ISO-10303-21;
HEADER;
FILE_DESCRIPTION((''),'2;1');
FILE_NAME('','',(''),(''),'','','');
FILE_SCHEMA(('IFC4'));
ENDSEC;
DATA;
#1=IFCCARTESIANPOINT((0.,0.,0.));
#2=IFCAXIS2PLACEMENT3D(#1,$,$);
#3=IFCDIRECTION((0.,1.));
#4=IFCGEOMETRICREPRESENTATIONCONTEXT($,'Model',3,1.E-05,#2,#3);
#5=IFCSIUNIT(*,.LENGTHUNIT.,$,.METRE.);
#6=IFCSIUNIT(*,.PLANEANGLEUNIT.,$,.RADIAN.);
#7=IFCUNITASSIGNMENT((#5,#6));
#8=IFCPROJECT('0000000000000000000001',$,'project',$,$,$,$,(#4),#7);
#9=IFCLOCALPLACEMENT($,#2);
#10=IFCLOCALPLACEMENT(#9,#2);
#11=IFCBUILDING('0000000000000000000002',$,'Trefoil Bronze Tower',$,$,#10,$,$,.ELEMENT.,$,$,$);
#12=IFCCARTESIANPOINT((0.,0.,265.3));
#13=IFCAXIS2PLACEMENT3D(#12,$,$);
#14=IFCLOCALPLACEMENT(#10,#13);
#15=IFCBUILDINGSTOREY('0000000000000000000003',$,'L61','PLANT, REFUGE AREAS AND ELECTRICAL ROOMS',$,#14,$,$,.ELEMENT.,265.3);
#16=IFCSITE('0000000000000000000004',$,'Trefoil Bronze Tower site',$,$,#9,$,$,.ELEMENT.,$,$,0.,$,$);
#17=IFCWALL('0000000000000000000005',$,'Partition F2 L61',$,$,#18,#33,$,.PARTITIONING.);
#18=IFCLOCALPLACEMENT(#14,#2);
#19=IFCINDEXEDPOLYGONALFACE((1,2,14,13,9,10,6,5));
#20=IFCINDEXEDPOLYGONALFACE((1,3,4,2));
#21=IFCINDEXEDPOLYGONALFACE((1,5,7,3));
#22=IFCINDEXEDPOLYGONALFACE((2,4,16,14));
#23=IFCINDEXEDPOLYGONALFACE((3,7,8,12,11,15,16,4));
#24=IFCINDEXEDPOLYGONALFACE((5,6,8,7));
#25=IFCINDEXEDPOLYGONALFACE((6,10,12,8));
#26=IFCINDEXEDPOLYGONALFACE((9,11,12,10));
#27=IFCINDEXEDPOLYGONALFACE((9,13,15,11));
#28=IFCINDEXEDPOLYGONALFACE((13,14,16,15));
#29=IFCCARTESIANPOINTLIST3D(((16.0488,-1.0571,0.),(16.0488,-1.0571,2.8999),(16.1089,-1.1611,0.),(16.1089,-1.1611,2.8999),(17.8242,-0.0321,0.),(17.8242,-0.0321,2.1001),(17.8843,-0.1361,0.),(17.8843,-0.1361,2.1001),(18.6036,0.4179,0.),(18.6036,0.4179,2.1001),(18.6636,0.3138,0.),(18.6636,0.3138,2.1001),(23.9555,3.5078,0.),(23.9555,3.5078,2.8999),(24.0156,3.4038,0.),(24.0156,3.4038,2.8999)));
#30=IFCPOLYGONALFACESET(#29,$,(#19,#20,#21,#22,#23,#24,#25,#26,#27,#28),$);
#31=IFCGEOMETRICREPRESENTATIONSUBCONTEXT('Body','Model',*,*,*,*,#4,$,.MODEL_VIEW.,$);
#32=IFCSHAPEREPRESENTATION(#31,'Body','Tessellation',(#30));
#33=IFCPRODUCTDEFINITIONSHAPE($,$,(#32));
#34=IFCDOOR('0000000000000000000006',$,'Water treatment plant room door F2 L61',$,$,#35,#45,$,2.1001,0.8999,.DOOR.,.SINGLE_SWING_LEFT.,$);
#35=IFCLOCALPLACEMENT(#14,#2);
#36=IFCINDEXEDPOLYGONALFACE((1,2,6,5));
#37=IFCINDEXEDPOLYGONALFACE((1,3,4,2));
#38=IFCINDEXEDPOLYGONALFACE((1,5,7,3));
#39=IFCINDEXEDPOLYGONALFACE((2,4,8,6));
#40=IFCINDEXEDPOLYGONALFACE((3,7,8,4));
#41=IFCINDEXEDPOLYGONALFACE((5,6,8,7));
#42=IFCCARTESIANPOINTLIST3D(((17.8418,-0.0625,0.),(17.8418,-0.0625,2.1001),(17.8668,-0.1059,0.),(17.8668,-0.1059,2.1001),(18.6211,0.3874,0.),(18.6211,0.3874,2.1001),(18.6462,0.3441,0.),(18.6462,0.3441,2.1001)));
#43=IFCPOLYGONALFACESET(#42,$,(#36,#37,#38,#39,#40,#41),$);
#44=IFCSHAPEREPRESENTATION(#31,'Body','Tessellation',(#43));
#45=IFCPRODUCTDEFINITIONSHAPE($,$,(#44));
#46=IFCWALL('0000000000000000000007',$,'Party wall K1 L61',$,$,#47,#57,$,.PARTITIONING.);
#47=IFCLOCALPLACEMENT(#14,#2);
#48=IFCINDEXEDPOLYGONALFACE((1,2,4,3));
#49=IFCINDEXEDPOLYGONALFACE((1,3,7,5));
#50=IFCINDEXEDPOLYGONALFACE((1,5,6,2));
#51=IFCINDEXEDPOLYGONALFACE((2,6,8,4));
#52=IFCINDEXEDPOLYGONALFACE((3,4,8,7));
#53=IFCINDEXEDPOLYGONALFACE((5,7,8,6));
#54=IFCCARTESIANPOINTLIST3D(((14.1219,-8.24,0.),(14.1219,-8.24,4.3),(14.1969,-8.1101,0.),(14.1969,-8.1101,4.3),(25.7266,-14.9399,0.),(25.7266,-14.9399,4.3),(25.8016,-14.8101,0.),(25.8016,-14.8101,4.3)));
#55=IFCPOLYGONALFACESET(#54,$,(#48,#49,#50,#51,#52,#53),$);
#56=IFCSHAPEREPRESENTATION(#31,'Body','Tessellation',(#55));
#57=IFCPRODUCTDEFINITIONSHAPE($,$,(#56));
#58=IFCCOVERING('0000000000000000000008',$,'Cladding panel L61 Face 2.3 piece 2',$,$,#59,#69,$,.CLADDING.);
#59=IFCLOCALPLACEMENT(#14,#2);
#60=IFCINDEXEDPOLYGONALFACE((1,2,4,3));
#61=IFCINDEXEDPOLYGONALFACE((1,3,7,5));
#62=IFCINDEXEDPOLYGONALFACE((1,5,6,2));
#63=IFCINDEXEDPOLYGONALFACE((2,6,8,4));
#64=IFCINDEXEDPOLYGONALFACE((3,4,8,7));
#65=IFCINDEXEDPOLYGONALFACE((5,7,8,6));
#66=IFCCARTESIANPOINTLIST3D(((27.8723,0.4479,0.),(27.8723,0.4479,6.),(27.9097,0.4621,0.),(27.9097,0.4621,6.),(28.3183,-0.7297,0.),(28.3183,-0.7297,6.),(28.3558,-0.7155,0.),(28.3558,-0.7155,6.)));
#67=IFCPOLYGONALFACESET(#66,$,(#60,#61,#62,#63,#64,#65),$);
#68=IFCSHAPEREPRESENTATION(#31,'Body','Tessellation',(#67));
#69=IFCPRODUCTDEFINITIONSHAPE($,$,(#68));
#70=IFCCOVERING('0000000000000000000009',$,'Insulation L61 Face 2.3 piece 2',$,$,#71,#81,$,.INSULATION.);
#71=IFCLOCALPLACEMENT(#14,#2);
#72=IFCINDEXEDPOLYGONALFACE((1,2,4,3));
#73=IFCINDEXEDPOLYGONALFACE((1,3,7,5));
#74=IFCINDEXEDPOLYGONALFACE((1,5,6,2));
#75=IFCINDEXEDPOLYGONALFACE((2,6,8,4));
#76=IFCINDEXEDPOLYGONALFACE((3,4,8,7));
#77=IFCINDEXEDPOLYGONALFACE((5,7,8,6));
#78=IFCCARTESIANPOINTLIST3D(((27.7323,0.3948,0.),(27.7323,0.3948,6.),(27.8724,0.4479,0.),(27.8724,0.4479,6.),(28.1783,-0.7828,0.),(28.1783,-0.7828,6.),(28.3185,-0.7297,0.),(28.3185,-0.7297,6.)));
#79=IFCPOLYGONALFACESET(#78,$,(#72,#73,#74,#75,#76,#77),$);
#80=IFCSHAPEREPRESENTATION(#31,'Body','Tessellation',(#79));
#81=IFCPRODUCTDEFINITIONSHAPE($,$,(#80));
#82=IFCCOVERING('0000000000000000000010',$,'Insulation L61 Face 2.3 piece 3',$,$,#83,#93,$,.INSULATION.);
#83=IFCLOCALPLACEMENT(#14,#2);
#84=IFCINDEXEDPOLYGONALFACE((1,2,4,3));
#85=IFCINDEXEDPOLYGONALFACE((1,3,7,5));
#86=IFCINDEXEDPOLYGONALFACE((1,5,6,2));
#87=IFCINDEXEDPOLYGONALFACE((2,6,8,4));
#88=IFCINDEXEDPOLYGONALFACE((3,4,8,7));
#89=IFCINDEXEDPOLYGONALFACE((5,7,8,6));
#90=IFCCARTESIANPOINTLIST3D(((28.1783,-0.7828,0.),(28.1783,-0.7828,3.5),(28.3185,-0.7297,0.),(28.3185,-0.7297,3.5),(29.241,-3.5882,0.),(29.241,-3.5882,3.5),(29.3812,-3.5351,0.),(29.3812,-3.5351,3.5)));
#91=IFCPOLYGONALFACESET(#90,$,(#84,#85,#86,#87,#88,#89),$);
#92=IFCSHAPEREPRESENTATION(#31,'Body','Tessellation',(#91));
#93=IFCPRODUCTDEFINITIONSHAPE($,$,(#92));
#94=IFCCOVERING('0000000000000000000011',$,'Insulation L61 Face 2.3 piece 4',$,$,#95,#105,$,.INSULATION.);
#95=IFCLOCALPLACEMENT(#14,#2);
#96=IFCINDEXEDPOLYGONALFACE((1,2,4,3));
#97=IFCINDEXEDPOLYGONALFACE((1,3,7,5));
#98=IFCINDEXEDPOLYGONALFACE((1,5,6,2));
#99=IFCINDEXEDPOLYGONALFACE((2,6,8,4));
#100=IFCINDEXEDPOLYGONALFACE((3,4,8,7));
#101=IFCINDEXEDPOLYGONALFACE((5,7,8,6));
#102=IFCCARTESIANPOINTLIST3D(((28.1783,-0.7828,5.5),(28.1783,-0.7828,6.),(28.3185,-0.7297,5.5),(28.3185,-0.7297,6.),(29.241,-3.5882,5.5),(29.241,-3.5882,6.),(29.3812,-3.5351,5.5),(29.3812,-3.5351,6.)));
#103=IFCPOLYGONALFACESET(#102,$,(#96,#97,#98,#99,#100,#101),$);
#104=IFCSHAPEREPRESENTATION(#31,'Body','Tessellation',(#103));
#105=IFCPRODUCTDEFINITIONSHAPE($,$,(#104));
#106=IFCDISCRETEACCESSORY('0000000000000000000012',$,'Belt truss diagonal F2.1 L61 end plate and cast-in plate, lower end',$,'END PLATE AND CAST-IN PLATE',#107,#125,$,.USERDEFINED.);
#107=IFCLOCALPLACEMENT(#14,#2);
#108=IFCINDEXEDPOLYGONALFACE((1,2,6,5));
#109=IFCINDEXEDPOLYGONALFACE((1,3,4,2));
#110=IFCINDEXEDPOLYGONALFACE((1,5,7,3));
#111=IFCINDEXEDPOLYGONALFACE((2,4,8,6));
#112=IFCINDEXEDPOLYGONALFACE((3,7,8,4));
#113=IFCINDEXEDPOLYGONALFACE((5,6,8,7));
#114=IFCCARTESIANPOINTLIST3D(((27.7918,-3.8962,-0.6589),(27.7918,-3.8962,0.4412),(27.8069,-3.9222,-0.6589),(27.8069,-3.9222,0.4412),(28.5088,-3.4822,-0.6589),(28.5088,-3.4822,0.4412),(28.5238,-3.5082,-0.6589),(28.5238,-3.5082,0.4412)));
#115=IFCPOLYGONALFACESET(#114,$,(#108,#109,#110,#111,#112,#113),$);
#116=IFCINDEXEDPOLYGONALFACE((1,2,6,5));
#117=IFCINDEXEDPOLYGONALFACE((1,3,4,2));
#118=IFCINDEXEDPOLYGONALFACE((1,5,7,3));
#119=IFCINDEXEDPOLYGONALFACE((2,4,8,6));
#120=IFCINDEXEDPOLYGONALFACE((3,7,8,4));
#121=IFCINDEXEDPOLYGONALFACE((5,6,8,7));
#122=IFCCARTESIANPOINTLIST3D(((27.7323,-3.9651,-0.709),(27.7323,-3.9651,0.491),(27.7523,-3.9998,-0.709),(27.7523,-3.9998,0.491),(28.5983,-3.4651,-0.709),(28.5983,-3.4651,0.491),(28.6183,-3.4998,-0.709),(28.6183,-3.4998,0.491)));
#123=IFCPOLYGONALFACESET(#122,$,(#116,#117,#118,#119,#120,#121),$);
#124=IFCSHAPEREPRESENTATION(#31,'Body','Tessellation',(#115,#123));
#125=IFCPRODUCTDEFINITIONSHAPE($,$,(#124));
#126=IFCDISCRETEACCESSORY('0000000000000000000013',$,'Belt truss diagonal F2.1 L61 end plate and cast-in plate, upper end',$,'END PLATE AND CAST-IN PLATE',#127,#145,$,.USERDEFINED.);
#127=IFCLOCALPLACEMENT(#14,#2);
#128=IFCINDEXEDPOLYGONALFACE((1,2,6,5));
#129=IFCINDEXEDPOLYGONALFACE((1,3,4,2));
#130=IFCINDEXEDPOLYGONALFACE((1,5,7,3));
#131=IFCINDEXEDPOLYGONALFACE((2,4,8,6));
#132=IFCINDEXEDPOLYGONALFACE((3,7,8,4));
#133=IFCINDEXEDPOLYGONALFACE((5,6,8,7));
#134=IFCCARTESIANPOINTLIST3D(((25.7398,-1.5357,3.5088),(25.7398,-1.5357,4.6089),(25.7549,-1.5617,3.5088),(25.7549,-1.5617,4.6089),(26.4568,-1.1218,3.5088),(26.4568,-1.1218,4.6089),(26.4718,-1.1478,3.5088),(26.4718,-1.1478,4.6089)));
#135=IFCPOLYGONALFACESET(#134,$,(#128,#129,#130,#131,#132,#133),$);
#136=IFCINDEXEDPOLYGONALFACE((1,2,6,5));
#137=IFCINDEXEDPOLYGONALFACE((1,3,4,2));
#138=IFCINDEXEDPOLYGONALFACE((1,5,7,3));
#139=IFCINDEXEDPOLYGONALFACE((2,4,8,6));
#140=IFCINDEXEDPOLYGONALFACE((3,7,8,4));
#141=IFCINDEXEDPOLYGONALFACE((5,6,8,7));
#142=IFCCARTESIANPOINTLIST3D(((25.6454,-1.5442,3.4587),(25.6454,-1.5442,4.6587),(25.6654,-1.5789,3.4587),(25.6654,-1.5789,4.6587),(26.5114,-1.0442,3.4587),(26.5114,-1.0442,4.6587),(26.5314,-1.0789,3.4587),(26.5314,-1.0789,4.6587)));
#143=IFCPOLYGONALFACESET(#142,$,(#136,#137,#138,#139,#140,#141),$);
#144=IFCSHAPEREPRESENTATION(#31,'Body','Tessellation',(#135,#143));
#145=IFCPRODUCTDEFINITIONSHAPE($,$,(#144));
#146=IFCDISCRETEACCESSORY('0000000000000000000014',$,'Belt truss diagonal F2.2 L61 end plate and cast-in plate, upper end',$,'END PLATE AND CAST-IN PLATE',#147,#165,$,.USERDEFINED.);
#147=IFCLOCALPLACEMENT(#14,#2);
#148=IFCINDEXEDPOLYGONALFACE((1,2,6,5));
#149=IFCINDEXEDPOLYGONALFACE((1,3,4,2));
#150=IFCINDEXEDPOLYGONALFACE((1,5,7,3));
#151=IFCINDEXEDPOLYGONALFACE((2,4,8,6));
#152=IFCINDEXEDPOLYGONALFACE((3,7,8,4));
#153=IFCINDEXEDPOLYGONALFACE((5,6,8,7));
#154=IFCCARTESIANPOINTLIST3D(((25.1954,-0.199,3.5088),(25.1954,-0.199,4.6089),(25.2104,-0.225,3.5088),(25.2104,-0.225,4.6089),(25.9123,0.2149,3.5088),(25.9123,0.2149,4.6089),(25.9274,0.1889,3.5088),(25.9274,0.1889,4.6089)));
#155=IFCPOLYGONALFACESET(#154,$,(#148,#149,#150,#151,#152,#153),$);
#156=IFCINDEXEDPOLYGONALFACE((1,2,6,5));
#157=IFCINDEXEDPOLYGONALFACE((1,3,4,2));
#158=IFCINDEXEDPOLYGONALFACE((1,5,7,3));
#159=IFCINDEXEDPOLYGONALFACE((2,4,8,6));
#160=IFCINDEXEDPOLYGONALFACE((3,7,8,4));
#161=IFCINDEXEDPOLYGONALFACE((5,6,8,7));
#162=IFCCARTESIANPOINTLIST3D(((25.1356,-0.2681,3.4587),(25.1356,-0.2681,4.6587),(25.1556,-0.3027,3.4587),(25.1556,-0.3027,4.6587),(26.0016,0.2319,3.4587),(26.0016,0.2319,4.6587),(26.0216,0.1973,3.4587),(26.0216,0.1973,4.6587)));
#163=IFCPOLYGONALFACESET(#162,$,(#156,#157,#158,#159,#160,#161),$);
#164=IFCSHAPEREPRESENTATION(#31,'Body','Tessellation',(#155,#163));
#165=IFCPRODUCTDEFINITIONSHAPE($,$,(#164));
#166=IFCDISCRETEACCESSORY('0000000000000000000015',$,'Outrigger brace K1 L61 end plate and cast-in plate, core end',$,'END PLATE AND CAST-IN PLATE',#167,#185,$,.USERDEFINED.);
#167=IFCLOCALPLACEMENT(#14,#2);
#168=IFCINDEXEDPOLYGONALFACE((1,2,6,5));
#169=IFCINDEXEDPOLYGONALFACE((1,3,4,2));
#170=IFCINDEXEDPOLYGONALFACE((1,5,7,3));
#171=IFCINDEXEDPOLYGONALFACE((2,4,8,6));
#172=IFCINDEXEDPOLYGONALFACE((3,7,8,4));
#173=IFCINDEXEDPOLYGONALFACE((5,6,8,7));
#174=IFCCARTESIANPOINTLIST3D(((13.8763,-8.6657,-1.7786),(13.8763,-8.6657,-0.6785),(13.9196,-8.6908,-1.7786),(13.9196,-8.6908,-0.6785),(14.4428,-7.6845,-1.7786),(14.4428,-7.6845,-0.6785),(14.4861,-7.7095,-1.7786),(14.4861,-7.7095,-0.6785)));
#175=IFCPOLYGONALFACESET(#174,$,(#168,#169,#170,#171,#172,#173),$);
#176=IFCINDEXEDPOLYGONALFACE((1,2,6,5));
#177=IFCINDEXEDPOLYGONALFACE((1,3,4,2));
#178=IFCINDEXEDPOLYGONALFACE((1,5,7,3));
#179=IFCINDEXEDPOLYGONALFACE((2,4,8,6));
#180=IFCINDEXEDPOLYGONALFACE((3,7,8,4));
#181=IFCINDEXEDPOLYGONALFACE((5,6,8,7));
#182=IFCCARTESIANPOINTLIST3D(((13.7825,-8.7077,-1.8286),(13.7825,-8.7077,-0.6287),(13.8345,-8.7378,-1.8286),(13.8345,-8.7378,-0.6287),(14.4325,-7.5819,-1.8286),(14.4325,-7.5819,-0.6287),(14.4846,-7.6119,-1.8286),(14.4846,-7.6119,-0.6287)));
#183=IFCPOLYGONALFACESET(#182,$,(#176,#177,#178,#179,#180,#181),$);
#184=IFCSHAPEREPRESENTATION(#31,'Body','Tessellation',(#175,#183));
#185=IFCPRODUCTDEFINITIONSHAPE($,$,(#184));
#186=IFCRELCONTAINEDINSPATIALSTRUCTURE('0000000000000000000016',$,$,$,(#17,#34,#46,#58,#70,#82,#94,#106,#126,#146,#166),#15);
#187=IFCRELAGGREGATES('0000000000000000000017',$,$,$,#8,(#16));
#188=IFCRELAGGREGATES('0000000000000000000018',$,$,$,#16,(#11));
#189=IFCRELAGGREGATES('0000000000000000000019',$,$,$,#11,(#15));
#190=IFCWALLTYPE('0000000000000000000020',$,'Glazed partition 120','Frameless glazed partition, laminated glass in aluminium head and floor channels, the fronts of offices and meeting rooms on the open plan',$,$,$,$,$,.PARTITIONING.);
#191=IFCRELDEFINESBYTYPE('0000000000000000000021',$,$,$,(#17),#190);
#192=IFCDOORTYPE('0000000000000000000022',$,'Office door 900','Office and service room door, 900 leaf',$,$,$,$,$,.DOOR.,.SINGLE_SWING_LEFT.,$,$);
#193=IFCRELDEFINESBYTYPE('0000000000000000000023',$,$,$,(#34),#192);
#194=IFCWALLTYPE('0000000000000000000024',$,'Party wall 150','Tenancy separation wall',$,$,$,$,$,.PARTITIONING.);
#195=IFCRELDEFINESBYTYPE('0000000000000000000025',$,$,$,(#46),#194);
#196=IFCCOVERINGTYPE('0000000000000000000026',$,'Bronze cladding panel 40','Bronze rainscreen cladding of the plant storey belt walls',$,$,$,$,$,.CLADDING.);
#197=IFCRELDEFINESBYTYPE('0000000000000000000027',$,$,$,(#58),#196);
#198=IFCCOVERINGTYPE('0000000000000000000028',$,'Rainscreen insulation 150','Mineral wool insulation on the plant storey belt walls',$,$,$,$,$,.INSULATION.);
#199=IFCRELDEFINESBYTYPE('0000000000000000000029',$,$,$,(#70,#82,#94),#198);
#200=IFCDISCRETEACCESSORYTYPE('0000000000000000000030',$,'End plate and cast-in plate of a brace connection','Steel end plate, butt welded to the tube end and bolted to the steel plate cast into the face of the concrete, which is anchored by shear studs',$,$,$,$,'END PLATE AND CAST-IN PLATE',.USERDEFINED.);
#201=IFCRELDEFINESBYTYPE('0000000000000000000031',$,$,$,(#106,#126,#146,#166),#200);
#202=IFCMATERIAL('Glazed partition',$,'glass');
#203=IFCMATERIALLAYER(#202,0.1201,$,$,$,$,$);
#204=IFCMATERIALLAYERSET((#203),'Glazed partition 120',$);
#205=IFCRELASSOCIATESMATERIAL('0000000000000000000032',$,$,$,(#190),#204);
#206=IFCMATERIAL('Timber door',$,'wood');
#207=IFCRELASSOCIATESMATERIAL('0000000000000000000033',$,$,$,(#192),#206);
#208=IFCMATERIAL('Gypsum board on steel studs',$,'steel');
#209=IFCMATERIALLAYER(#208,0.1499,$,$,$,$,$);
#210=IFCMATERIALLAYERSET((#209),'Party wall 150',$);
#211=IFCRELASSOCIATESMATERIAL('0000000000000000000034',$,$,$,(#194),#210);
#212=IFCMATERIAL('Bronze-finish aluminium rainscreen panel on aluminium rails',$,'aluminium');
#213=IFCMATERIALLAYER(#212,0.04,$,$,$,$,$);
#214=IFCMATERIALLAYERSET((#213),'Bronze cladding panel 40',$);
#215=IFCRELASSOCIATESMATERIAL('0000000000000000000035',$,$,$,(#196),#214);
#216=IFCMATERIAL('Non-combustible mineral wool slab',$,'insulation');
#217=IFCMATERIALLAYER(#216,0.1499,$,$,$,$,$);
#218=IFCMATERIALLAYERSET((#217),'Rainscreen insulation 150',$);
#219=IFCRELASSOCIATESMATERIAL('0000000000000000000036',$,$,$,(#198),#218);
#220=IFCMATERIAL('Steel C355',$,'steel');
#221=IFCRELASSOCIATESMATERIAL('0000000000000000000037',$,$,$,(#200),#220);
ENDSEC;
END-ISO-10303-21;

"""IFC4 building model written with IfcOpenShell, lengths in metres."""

from ifc_helpers import new_model, si_unit, direction, frame, frame_2d, origin, origin_2d, place, context, subcontext, project, spatial, rectangle, extrude, material, layer, layer_set, type_object, element, fill, save


model = new_model("IFC4")

# Units and contexts
model_context = context("Model", 3, precision=1e-05, world=origin(), true_north=direction((0.0, 1.0)))
body_context = subcontext(model_context, "Body", "Model", "MODEL_VIEW")
ifc_project = project(units=[si_unit("LENGTHUNIT", "METRE"), si_unit("PLANEANGLEUNIT", "RADIAN")], contexts=[model_context])

# Site, building, storey
site_placement = place(None, origin())
site = spatial("IfcSite", under=ifc_project, at=site_placement, Name="Trefoil Bronze Tower site", CompositionType="ELEMENT", RefElevation=0.0)
building_placement = place(site_placement, origin())
building = spatial("IfcBuilding", under=site, at=building_placement, Name="Trefoil Bronze Tower", CompositionType="ELEMENT")
storey_placement = place(building_placement, frame((0.0, 0.0, 265.3)))
storey = spatial("IfcBuildingStorey", under=building, at=storey_placement, Name="L61", Description="PLANT, REFUGE AREAS AND ELECTRICAL ROOMS", CompositionType="ELEMENT", Elevation=265.3)

# Wall, opening, door
ifc_material_1 = material(Name="Glazed partition", Category="glass")
ifc_layer_1 = layer(ifc_material_1, 0.1201)
ifc_layer_set_1 = layer_set([ifc_layer_1], Name="Glazed partition 120")
wall_type_1 = type_object("IfcWallType", Name="Glazed partition 120", Description="Frameless glazed partition, laminated glass in aluminium head and floor channels, the fronts of offices and meeting rooms on the open plan", PredefinedType="PARTITIONING", material=ifc_layer_set_1)
wall_1_placement = place(storey_placement, frame((16.0789, -1.1091, 0.0), z_axis=(0.0, 0.0, 1.0), x_axis=(0.866026, 0.499999, 0.0)))
wall_1 = element("IfcWall", 1, at=wall_1_placement, inside=storey, type_object=wall_type_1, Name="Partition F2 L61", PredefinedType="PARTITIONING", context=body_context, shape_type="SweptSolid", body=[
    extrude(rectangle(XDim=9.1299, YDim=0.1201, at=frame_2d((4.5649, 0.0))), origin(), (0.0, 0.0, 1.0), 2.8999),
])
opening_1_placement = place(wall_1_placement, frame((2.05, 0.0, 0.0)))
opening_1 = element("IfcOpeningElement", 2, at=opening_1_placement, cuts=wall_1, PredefinedType="OPENING", context=body_context, shape_type="SweptSolid", body=[
    extrude(rectangle(XDim=0.8999, YDim=2.1001, at=frame_2d((0.45, 1.05))), frame((0.0, 0.0701, 0.0), z_axis=(0.0, -1.0, 0.0), x_axis=(1.0, 0.0, 0.0)), (0.0, 0.0, 1.0), 0.1401),
])
ifc_material_2 = material(Name="Timber door", Category="wood")
door_type_1 = type_object("IfcDoorType", Name="Office door 900", Description="Office and service room door, 900 leaf", OperationType="SINGLE_SWING_LEFT", PredefinedType="DOOR", material=ifc_material_2)
door_1_placement = place(opening_1_placement, origin())
door_1 = element("IfcDoor", 3, at=door_1_placement, inside=storey, type_object=door_type_1, Name="Water treatment plant room door F2 L61", OperationType="SINGLE_SWING_LEFT", OverallHeight=2.1001, OverallWidth=0.8999, PredefinedType="DOOR", context=body_context, shape_type="SweptSolid", body=[
    extrude(rectangle(XDim=0.8999, YDim=2.1001, at=frame_2d((0.45, 1.05))), frame((0.0, 0.0249, 0.0), z_axis=(0.0, -1.0, 0.0), x_axis=(1.0, 0.0, 0.0)), (0.0, 0.0, 1.0), 0.05),
])
fill(opening_1, door_1)

# Wall
ifc_material_3 = material(Name="Gypsum board on steel studs", Category="steel")
ifc_layer_2 = layer(ifc_material_3, 0.1499)
ifc_layer_set_2 = layer_set([ifc_layer_2], Name="Party wall 150")
wall_type_2 = type_object("IfcWallType", Name="Party wall 150", Description="Tenancy separation wall", PredefinedType="PARTITIONING", material=ifc_layer_set_2)
wall_2_placement = place(storey_placement, frame((14.1594, -8.175, 0.0), z_axis=(0.0, 0.0, 1.0), x_axis=(0.866027, -0.499997, 0.0)))
element("IfcWall", 4, at=wall_2_placement, inside=storey, type_object=wall_type_2, Name="Party wall K1 L61", PredefinedType="PARTITIONING", context=body_context, shape_type="SweptSolid", body=[
    extrude(rectangle(XDim=13.3999, YDim=0.1499, at=frame_2d((6.7, 0.0))), origin(), (0.0, 0.0, 1.0), 4.3),
])

# Coverings
ifc_material_4 = material(Name="Bronze-finish aluminium rainscreen panel on aluminium rails", Category="aluminium")
ifc_layer_3 = layer(ifc_material_4, 0.04)
ifc_layer_set_3 = layer_set([ifc_layer_3], Name="Bronze cladding panel 40")
covering_type_1 = type_object("IfcCoveringType", Name="Bronze cladding panel 40", Description="Bronze rainscreen cladding of the plant storey belt walls", PredefinedType="CLADDING", material=ifc_layer_set_3)
covering_1_placement = place(storey_placement, frame((28.114, -0.1338, 0.0), z_axis=(0.0, 0.0, 1.0), x_axis=(-0.354234, 0.935157, 0.0)))
element("IfcCovering", 5, at=covering_1_placement, inside=storey, type_object=covering_type_1, Name="Cladding panel L61 Face 2.3 piece 2", PredefinedType="CLADDING", context=body_context, shape_type="SweptSolid", body=[
    extrude(rectangle(XDim=1.2593, YDim=0.04, at=origin_2d()), origin(), (0.0, 0.0, 1.0), 6.0),
])
ifc_material_5 = material(Name="Non-combustible mineral wool slab", Category="insulation")
ifc_layer_4 = layer(ifc_material_5, 0.1499)
ifc_layer_set_4 = layer_set([ifc_layer_4], Name="Rainscreen insulation 150")
covering_type_2 = type_object("IfcCoveringType", Name="Rainscreen insulation 150", Description="Mineral wool insulation on the plant storey belt walls", PredefinedType="INSULATION", material=ifc_layer_set_4)
covering_2_placement = place(storey_placement, frame((28.0254, -0.1675, 0.0), z_axis=(0.0, 0.0, 1.0), x_axis=(-0.354234, 0.935157, 0.0)))
element("IfcCovering", 6, at=covering_2_placement, inside=storey, type_object=covering_type_2, Name="Insulation L61 Face 2.3 piece 2", PredefinedType="INSULATION", context=body_context, shape_type="SweptSolid", body=[
    extrude(rectangle(XDim=1.2593, YDim=0.1499, at=origin_2d()), origin(), (0.0, 0.0, 1.0), 6.0),
])
covering_3_placement = place(storey_placement, frame((28.7798, -2.1589, 0.0), z_axis=(0.0, 0.0, 1.0), x_axis=(-0.354234, 0.935157, 0.0)))
element("IfcCovering", 7, at=covering_3_placement, inside=storey, type_object=covering_type_2, Name="Insulation L61 Face 2.3 piece 3", PredefinedType="INSULATION", context=body_context, shape_type="SweptSolid", body=[
    extrude(rectangle(XDim=3.0, YDim=0.1499, at=origin_2d()), origin(), (0.0, 0.0, 1.0), 3.5),
])
covering_4_placement = place(storey_placement, frame((28.7798, -2.1589, 5.5), z_axis=(0.0, 0.0, 1.0), x_axis=(-0.354234, 0.935157, 0.0)))
element("IfcCovering", 8, at=covering_4_placement, inside=storey, type_object=covering_type_2, Name="Insulation L61 Face 2.3 piece 4", PredefinedType="INSULATION", context=body_context, shape_type="SweptSolid", body=[
    extrude(rectangle(XDim=3.0, YDim=0.1499, at=origin_2d()), origin(), (0.0, 0.0, 1.0), 0.5),
])

# Discrete accessories
ifc_material_6 = material(Name="Steel C355", Category="steel")
discrete_accessory_type = type_object("IfcDiscreteAccessoryType", Name="End plate and cast-in plate of a brace connection", Description="Steel end plate, butt welded to the tube end and bolted to the steel plate cast into the face of the concrete, which is anchored by shear studs", ElementType="END PLATE AND CAST-IN PLATE", PredefinedType="USERDEFINED", material=ifc_material_6)
for number, where, z_axis, x_axis, name in (
    (9, (28.1653, -3.7151, -0.1089), (0.0, 0.0, 1.0), (-0.5, 0.866025, 0.0), "Belt truss diagonal F2.1 L61 end plate and cast-in plate, lower end"),
    (10, (26.0984, -1.3289, 4.0588), (0.0, 0.0, 1.0), (0.5, -0.866025, 0.0), "Belt truss diagonal F2.1 L61 end plate and cast-in plate, upper end"),
):
    element("IfcDiscreteAccessory", number, at=place(storey_placement, frame(where, z_axis=z_axis, x_axis=x_axis)), inside=storey, type_object=discrete_accessory_type, Name=name, ObjectType="END PLATE AND CAST-IN PLATE", PredefinedType="USERDEFINED", context=body_context, shape_type="SweptSolid", body=[
        extrude(rectangle(XDim=0.03, YDim=0.8279, at=origin_2d()), frame((0.0149, 0.0, -0.55)), (0.0, 0.0, 1.0), 1.1001),
        extrude(rectangle(XDim=0.04, YDim=1.0, at=origin_2d()), frame((-0.02, 0.0, -0.6001)), (0.0, 0.0, 1.0), 1.2),
    ])
discrete_accessory_1_placement = place(storey_placement, frame((25.5686, -0.0181, 4.0588), z_axis=(0.0, 0.0, 1.0), x_axis=(-0.5, 0.866025, 0.0)))
element("IfcDiscreteAccessory", 11, at=discrete_accessory_1_placement, inside=storey, type_object=discrete_accessory_type, Name="Belt truss diagonal F2.2 L61 end plate and cast-in plate, upper end", ObjectType="END PLATE AND CAST-IN PLATE", PredefinedType="USERDEFINED", context=body_context, shape_type="SweptSolid", body=[
    extrude(rectangle(XDim=0.03, YDim=0.8279, at=origin_2d()), frame((0.0149, -0.0002, -0.55)), (0.0, 0.0, 1.0), 1.1001),
    extrude(rectangle(XDim=0.04, YDim=1.0, at=origin_2d()), frame((-0.02, 0.0, -0.6001)), (0.0, 0.0, 1.0), 1.2),
])
discrete_accessory_2_placement = place(storey_placement, frame((14.1594, -8.175, -1.2285), z_axis=(0.0, 0.0, 1.0), x_axis=(0.866025, -0.5, 0.0)))
element("IfcDiscreteAccessory", 12, at=discrete_accessory_2_placement, inside=storey, type_object=discrete_accessory_type, Name="Outrigger brace K1 L61 end plate and cast-in plate, core end", ObjectType="END PLATE AND CAST-IN PLATE", PredefinedType="USERDEFINED", context=body_context, shape_type="SweptSolid", body=[
    extrude(rectangle(XDim=0.05, YDim=1.1331, at=origin_2d()), frame((0.0251, 0.0, -0.55)), (0.0, 0.0, 1.0), 1.1001),
    extrude(rectangle(XDim=0.0601, YDim=1.3, at=origin_2d()), frame((-0.03, 0.0002, -0.6001)), (0.0, 0.0, 1.0), 1.2),
])

save(model, "model.ifc")
